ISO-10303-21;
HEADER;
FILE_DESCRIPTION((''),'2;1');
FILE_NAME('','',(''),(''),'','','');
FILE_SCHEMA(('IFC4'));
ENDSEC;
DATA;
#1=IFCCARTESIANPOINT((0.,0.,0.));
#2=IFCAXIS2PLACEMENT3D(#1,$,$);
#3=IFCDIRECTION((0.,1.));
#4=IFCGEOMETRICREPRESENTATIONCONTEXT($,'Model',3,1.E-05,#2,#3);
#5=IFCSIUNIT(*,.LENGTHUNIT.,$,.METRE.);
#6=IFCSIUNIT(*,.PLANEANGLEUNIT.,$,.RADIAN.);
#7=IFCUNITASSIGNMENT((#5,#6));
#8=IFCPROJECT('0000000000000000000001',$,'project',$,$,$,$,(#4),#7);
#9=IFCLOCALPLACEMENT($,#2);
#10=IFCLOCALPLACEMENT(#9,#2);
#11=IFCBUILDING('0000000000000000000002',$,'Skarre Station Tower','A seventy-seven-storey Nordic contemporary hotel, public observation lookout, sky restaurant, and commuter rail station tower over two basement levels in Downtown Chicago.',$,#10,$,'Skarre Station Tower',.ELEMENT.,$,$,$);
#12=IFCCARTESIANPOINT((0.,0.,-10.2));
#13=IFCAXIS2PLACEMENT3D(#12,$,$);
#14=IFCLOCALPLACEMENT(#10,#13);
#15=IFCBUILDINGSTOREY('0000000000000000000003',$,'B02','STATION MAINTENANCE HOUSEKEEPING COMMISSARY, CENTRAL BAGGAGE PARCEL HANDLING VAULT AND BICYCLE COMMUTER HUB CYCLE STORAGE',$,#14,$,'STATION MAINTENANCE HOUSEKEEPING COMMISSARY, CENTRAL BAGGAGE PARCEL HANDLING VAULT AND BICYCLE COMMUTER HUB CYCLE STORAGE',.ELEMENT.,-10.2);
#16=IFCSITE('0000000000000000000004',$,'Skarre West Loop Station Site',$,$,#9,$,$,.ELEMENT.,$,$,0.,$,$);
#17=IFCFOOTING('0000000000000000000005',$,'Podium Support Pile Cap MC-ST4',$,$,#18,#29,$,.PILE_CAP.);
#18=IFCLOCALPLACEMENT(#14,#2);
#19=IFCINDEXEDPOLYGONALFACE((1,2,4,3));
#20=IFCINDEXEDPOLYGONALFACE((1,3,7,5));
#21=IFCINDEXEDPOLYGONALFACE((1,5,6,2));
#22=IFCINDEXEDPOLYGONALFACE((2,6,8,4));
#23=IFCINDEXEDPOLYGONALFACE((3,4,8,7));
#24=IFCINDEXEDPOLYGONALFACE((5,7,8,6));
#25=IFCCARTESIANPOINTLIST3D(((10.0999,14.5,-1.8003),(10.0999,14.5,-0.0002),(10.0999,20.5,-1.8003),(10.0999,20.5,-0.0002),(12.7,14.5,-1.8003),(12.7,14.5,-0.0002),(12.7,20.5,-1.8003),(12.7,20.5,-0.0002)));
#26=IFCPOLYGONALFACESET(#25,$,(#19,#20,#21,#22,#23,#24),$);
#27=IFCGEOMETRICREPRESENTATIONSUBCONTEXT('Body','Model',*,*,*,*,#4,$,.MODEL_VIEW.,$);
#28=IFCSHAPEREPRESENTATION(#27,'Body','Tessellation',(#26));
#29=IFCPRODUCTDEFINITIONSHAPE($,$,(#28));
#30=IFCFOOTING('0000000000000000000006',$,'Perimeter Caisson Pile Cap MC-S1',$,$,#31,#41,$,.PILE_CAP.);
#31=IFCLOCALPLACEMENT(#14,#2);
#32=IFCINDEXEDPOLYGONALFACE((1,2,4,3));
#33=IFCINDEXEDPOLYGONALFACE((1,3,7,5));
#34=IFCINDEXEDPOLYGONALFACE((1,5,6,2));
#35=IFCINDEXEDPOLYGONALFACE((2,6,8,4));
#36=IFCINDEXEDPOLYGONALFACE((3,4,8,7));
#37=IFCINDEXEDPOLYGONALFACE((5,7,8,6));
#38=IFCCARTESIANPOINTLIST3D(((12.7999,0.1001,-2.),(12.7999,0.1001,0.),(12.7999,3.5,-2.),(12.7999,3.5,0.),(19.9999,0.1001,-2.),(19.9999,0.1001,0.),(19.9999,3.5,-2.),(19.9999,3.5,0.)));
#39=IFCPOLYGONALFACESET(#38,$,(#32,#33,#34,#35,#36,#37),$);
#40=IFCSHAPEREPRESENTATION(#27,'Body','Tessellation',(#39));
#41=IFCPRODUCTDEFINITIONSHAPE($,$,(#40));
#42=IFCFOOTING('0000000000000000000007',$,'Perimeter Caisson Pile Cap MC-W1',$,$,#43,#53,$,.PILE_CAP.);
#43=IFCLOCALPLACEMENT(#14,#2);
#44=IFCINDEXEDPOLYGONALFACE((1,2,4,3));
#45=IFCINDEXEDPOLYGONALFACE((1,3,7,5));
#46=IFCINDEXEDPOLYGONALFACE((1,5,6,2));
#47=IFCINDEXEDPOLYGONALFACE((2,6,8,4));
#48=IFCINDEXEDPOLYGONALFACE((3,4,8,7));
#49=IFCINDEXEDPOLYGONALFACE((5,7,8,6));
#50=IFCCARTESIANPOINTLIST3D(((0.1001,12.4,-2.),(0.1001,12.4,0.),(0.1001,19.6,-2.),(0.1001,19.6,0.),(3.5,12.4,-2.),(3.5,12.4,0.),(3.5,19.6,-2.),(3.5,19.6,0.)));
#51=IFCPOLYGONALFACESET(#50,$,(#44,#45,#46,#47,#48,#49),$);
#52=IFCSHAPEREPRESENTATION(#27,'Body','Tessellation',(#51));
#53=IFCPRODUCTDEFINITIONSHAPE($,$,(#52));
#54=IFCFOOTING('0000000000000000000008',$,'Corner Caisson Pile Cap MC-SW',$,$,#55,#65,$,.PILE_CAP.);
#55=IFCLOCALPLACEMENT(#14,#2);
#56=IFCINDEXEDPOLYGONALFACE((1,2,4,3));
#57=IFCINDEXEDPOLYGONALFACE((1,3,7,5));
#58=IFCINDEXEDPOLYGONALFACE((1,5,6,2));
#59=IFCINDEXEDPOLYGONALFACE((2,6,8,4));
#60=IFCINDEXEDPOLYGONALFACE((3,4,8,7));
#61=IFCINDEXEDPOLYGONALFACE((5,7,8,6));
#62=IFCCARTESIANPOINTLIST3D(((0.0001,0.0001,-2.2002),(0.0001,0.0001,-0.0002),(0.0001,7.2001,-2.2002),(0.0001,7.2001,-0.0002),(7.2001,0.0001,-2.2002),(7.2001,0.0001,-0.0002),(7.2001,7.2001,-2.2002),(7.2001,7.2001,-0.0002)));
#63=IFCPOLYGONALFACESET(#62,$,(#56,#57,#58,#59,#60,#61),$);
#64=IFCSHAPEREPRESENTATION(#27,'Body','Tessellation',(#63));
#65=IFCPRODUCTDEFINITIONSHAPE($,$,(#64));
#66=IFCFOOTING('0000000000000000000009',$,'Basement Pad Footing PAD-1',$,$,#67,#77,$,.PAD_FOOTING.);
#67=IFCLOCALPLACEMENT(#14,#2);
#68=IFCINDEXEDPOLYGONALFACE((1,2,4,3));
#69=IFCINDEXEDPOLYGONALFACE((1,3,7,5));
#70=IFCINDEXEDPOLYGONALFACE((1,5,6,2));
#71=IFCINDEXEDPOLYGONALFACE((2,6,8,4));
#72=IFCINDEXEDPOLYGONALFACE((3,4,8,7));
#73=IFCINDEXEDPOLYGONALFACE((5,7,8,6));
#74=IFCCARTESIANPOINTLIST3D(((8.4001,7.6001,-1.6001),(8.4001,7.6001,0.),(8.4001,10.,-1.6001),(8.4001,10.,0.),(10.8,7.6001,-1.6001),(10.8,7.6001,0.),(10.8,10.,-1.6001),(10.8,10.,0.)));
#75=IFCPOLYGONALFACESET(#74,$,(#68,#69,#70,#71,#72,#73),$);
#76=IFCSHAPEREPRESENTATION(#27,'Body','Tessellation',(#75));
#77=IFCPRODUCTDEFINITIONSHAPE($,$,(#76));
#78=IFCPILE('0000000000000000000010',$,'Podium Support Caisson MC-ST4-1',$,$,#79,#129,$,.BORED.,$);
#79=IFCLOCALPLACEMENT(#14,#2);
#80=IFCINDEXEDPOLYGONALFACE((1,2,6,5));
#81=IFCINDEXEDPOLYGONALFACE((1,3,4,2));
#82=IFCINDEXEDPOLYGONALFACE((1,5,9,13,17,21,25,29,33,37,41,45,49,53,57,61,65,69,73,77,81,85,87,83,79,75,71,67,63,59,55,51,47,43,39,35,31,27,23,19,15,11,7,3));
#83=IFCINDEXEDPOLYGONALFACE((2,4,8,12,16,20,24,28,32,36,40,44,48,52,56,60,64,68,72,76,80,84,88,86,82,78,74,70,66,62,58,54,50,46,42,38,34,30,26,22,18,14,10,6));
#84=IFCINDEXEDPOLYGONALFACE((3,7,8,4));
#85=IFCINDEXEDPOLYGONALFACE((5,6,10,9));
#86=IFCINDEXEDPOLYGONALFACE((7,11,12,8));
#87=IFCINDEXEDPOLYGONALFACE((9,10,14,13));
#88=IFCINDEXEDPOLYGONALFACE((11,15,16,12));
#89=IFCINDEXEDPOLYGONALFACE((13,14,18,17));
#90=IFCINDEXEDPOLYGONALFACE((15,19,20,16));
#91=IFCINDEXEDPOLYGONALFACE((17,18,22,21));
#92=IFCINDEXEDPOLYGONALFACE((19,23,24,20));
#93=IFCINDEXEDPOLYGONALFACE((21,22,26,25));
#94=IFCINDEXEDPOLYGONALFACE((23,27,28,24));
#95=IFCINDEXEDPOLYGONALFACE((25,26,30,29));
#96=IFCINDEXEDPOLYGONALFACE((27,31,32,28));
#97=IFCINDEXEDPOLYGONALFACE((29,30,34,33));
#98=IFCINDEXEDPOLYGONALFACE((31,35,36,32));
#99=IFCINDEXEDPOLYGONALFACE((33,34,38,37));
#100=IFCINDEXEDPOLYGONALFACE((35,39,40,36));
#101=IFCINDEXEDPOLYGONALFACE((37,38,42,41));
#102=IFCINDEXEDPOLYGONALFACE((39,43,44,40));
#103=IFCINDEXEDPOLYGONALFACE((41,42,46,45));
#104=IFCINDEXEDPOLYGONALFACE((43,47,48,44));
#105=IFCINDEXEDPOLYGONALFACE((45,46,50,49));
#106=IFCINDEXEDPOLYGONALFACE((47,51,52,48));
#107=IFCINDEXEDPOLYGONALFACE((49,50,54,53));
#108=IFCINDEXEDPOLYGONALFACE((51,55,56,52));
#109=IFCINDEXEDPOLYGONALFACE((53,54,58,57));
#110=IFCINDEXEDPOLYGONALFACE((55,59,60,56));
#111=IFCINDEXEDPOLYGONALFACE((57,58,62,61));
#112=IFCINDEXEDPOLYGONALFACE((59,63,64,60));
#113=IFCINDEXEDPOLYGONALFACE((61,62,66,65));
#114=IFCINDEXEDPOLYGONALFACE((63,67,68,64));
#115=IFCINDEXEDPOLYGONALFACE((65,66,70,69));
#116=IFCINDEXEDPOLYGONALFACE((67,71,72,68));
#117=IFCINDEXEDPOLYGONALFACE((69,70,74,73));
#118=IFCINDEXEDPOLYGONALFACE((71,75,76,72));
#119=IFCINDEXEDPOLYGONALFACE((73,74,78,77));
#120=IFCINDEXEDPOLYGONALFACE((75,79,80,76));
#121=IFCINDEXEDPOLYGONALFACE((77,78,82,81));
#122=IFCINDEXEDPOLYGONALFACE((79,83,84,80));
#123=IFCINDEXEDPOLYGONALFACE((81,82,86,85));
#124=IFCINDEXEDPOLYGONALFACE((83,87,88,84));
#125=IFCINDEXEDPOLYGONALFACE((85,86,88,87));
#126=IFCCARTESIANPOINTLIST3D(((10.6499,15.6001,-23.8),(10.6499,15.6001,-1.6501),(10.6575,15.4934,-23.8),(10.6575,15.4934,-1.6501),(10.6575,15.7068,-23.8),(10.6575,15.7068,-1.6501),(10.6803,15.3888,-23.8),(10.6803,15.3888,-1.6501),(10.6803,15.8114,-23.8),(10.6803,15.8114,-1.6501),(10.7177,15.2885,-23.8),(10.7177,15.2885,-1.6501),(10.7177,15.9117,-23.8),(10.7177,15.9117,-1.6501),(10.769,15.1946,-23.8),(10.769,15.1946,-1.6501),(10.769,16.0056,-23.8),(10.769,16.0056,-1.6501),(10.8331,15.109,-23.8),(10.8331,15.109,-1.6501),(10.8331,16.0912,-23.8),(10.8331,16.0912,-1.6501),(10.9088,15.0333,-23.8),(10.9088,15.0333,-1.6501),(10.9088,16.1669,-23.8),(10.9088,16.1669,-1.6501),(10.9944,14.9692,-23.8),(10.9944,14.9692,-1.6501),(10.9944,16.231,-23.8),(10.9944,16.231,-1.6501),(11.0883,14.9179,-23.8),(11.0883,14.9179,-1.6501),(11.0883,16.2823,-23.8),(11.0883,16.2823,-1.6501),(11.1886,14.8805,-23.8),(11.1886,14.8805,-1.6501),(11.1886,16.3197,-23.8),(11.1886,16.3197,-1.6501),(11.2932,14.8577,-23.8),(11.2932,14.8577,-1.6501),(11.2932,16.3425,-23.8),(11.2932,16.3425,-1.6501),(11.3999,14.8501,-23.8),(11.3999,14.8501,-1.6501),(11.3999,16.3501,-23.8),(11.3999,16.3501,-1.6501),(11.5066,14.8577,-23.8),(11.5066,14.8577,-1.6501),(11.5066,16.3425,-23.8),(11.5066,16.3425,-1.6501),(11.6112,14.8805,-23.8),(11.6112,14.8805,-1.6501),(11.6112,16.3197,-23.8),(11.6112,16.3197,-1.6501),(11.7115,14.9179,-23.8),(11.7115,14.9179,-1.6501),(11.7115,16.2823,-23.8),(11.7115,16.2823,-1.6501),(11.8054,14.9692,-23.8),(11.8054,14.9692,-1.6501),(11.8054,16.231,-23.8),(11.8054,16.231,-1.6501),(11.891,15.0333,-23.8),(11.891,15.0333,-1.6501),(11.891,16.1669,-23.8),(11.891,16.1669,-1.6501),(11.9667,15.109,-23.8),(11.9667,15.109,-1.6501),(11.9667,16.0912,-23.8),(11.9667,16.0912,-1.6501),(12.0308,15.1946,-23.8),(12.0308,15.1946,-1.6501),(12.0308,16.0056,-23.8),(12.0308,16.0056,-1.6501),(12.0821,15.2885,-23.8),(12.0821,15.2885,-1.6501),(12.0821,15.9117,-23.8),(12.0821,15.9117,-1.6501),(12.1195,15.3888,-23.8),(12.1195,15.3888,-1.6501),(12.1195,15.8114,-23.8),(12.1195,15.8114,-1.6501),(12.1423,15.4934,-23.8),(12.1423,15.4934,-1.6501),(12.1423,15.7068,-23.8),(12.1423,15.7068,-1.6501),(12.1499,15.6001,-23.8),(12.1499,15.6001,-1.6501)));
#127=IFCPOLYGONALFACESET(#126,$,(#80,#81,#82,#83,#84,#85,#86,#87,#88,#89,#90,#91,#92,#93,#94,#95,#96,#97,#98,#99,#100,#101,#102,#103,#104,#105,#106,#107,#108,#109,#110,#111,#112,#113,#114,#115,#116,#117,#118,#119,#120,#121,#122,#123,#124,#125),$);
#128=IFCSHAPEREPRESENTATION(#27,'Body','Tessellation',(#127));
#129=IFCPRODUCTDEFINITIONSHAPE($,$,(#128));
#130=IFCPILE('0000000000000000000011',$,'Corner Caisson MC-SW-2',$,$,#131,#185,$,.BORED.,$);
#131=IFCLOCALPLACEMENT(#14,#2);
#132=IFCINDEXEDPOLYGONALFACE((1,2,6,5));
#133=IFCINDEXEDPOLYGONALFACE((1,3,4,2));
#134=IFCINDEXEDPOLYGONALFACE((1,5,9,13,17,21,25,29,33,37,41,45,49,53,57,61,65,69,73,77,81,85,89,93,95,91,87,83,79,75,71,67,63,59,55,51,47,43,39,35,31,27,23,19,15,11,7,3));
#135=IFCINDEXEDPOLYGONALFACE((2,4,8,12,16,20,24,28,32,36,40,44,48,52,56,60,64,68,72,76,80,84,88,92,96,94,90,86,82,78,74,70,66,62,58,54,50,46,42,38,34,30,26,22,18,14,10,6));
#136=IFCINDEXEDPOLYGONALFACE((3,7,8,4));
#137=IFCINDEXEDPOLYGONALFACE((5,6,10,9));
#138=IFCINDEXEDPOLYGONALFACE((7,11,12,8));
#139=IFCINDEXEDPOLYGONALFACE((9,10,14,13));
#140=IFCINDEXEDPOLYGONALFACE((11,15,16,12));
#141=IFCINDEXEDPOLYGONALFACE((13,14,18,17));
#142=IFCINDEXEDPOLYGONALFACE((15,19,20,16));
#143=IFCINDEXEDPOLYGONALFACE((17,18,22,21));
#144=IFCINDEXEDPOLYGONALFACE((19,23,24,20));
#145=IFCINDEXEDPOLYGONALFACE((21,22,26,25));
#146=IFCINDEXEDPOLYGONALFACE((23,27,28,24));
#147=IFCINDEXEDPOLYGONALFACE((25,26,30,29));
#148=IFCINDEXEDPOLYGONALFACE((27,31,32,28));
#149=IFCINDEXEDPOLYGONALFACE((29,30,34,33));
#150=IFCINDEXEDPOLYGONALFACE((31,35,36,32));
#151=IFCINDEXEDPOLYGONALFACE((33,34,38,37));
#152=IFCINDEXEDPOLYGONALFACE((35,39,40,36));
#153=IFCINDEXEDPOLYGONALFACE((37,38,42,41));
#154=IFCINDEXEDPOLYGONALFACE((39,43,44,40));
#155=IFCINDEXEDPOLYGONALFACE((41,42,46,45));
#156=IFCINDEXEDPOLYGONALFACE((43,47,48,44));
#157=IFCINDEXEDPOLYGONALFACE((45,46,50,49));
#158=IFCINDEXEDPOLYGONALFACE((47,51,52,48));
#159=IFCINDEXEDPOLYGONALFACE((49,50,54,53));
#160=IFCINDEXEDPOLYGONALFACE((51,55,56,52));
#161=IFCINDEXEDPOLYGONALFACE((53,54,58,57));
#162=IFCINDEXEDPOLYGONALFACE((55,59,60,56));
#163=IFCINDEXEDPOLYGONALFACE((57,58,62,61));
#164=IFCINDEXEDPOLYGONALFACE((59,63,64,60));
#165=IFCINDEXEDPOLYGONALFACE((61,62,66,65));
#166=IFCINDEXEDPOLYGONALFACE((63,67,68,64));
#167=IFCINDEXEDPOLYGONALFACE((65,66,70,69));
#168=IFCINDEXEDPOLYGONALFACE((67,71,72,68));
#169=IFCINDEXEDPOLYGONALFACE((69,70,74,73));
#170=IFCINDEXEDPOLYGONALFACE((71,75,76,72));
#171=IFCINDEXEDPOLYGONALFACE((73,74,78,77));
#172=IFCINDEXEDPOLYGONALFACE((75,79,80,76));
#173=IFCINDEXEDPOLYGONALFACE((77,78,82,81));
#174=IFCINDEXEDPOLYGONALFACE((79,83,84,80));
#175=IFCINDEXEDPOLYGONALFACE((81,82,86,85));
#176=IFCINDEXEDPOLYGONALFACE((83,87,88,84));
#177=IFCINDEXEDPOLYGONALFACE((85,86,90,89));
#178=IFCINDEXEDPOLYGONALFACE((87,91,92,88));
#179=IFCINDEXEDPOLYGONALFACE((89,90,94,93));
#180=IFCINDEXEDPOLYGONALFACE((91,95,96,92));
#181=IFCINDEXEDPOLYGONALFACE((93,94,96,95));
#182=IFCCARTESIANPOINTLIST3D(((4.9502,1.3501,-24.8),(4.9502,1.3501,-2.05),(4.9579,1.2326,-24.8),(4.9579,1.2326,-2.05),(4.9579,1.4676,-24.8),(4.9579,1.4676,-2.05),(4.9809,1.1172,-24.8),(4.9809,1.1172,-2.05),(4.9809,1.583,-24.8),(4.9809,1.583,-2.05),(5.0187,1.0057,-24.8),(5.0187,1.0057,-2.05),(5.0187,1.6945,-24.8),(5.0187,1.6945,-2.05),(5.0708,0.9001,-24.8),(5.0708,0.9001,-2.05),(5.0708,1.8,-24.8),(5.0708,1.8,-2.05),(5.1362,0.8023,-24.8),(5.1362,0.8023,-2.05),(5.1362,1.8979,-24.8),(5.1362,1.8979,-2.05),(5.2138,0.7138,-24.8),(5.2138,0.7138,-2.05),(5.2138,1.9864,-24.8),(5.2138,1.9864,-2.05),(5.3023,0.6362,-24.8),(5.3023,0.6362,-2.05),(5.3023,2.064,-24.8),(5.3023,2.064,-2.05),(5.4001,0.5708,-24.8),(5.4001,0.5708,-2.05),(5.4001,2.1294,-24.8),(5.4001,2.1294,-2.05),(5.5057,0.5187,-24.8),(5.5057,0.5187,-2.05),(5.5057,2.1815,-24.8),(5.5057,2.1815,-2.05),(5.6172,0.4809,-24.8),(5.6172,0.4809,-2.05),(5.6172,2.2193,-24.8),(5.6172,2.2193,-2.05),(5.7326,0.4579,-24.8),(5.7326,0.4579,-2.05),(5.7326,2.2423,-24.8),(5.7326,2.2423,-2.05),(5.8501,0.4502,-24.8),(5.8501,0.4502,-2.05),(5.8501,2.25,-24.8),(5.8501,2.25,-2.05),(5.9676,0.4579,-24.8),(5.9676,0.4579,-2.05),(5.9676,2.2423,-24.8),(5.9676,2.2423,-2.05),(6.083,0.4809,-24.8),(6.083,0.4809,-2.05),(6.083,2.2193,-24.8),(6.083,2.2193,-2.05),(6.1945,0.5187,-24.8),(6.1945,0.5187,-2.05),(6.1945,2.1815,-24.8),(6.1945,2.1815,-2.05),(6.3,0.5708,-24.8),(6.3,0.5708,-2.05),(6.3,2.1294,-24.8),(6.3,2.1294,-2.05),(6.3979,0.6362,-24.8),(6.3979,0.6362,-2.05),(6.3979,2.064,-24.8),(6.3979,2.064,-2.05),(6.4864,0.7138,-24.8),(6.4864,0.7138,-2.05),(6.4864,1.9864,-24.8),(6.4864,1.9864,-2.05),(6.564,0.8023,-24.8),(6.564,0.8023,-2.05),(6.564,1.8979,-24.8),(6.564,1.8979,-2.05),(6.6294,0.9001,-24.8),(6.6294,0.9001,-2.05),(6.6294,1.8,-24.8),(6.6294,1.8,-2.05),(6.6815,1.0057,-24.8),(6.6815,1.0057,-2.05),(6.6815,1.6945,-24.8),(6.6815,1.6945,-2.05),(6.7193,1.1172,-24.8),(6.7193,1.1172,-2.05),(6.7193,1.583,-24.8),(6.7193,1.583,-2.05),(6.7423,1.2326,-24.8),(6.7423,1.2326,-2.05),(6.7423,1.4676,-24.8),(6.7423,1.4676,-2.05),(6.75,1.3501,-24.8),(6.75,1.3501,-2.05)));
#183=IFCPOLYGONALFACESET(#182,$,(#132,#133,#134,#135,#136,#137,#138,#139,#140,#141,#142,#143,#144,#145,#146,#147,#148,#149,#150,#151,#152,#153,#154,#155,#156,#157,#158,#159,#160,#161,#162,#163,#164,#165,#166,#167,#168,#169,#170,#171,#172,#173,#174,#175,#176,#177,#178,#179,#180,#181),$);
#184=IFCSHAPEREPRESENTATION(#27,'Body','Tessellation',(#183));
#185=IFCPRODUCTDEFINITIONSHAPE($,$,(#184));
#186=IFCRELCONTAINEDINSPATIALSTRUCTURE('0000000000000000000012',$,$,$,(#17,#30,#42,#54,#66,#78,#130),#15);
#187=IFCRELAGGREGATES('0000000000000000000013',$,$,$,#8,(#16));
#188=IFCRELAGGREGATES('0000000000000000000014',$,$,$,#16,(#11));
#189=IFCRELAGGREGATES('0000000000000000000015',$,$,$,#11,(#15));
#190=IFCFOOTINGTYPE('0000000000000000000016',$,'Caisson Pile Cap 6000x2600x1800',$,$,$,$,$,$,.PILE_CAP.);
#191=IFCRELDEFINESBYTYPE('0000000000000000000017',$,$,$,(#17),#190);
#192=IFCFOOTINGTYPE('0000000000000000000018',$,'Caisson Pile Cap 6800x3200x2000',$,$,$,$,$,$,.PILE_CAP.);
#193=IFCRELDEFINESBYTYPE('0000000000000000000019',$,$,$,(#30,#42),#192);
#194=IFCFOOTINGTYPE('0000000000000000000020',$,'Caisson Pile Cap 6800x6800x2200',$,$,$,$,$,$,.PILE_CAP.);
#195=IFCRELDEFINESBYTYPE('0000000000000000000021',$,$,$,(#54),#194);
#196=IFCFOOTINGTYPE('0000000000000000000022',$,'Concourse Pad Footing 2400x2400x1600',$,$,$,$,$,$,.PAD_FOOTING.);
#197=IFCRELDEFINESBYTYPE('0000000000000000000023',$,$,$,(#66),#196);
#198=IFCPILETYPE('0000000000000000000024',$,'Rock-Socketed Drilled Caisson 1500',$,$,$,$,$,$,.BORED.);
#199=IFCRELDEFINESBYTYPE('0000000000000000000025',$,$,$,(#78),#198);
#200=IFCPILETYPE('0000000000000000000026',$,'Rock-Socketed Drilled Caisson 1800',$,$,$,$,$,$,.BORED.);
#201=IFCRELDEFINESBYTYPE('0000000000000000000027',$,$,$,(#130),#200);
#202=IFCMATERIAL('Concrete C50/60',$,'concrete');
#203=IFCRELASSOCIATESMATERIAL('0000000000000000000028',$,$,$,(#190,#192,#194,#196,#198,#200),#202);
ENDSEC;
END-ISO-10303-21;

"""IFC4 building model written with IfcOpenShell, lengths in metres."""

from ifc_helpers import new_model, si_unit, direction, frame, origin, origin_2d, place, context, subcontext, project, spatial, rectangle, circle, extrude, material, material_profile, profile_set, type_object, element, save


model = new_model("IFC4")

# Units and contexts
model_context = context("Model", 3, precision=1e-05, world=origin(), true_north=direction((0.0, 1.0)))
body_context = subcontext(model_context, "Body", "Model", "MODEL_VIEW")
ifc_project = project(units=[si_unit("LENGTHUNIT", "METRE"), si_unit("PLANEANGLEUNIT", "RADIAN")], contexts=[model_context])

# Site, building, storey
site_placement = place(None, origin())
site = spatial("IfcSite", under=ifc_project, at=site_placement, Name="Skarre West Loop Station Site", CompositionType="ELEMENT", RefElevation=0.0)
building_placement = place(site_placement, origin())
building = spatial("IfcBuilding", under=site, at=building_placement, Name="Skarre Station Tower", Description="A seventy-seven-storey Nordic contemporary hotel, public observation lookout, sky restaurant, and commuter rail station tower over two basement levels in Downtown Chicago.", LongName="Skarre Station Tower", CompositionType="ELEMENT")
storey_placement = place(building_placement, frame((0.0, 0.0, -10.2)))
storey = spatial("IfcBuildingStorey", under=building, at=storey_placement, Name="B02", Description="STATION MAINTENANCE HOUSEKEEPING COMMISSARY, CENTRAL BAGGAGE PARCEL HANDLING VAULT AND BICYCLE COMMUTER HUB CYCLE STORAGE", LongName="STATION MAINTENANCE HOUSEKEEPING COMMISSARY, CENTRAL BAGGAGE PARCEL HANDLING VAULT AND BICYCLE COMMUTER HUB CYCLE STORAGE", CompositionType="ELEMENT", Elevation=-10.2)

# Footings
ifc_material_1 = material(Name="Concrete C50/60", Category="concrete")
footing_type_1 = type_object("IfcFootingType", Name="Caisson Pile Cap 6000x2600x1800", PredefinedType="PILE_CAP", material=ifc_material_1)
footing_1_placement = place(storey_placement, frame((11.3999, 17.5, -1.8003), z_axis=(0.0, 0.0, 1.0), x_axis=(0.0, 1.0, 0.0)))
element("IfcFooting", 1, at=footing_1_placement, inside=storey, type_object=footing_type_1, Name="Podium Support Pile Cap MC-ST4", PredefinedType="PILE_CAP", context=body_context, shape_type="SweptSolid", body=[
    extrude(rectangle(XDim=6.0, YDim=2.6001, at=origin_2d()), origin(), (0.0, 0.0, 1.0), 1.8),
])
footing_type_2 = type_object("IfcFootingType", Name="Caisson Pile Cap 6800x3200x2000", PredefinedType="PILE_CAP", material=ifc_material_1)
for number, where, z_axis, x_axis, name in (
    (2, (16.3999, 1.8, -2.0), (0.0, 0.0, 1.0), (1.0, 0.0, 0.0), "Perimeter Caisson Pile Cap MC-S1"),
    (3, (1.8, 16.0, -2.0), (0.0, 0.0, 1.0), (0.0, 1.0, 0.0), "Perimeter Caisson Pile Cap MC-W1"),
):
    element("IfcFooting", number, at=place(storey_placement, frame(where, z_axis=z_axis, x_axis=x_axis)), inside=storey, type_object=footing_type_2, Name=name, PredefinedType="PILE_CAP", context=body_context, shape_type="SweptSolid", body=[
        extrude(rectangle(XDim=7.2, YDim=3.3999, at=origin_2d()), origin(), (0.0, 0.0, 1.0), 2.0),
    ])
footing_type_3 = type_object("IfcFootingType", Name="Caisson Pile Cap 6800x6800x2200", PredefinedType="PILE_CAP", material=ifc_material_1)
footing_2_placement = place(storey_placement, frame((3.6001, 3.6001, -2.2002), z_axis=(0.0, 0.0, 1.0), x_axis=(1.0, 0.0, 0.0)))
element("IfcFooting", 4, at=footing_2_placement, inside=storey, type_object=footing_type_3, Name="Corner Caisson Pile Cap MC-SW", PredefinedType="PILE_CAP", context=body_context, shape_type="SweptSolid", body=[
    extrude(rectangle(XDim=7.2, YDim=7.2, at=origin_2d()), origin(), (0.0, 0.0, 1.0), 2.2),
])
footing_type_4 = type_object("IfcFootingType", Name="Concourse Pad Footing 2400x2400x1600", PredefinedType="PAD_FOOTING", material=ifc_material_1)
footing_3_placement = place(storey_placement, frame((9.6001, 8.8, -1.6001), z_axis=(0.0, 0.0, 1.0), x_axis=(1.0, 0.0, 0.0)))
element("IfcFooting", 5, at=footing_3_placement, inside=storey, type_object=footing_type_4, Name="Basement Pad Footing PAD-1", PredefinedType="PAD_FOOTING", context=body_context, shape_type="SweptSolid", body=[
    extrude(rectangle(XDim=2.3999, YDim=2.3999, at=origin_2d()), origin(), (0.0, 0.0, 1.0), 1.6001),
])

# Piles
ifc_material_profile_1 = material_profile(ifc_material_1, circle(Radius=0.75, at=origin_2d()), Name="Concrete C50/60")
ifc_profile_set_1 = profile_set([ifc_material_profile_1], Name="Concrete C50/60")
pile_type_1 = type_object("IfcPileType", Name="Rock-Socketed Drilled Caisson 1500", PredefinedType="BORED", material=ifc_profile_set_1)
pile_1_placement = place(storey_placement, frame((11.3999, 15.6001, -1.6501), z_axis=(0.0, 0.0, -1.0), x_axis=(1.0, 0.0, 0.0)))
element("IfcPile", 6, at=pile_1_placement, inside=storey, type_object=pile_type_1, Name="Podium Support Caisson MC-ST4-1", PredefinedType="BORED", context=body_context, shape_type="SweptSolid", body=[
    extrude(circle(Radius=0.75, at=origin_2d()), origin(), (0.0, 0.0, 1.0), 22.1499),
])
ifc_material_profile_2 = material_profile(ifc_material_1, circle(Radius=0.8999, at=origin_2d()), Name="Concrete C50/60")
ifc_profile_set_2 = profile_set([ifc_material_profile_2], Name="Concrete C50/60")
pile_type_2 = type_object("IfcPileType", Name="Rock-Socketed Drilled Caisson 1800", PredefinedType="BORED", material=ifc_profile_set_2)
for number, where, z_axis, x_axis, name in (
    (7, (5.8501, 1.3501, -2.05), (0.0, 0.0, -1.0), (1.0, 0.0, 0.0), "Corner Caisson MC-SW-2"),
):
    element("IfcPile", number, at=place(storey_placement, frame(where, z_axis=z_axis, x_axis=x_axis)), inside=storey, type_object=pile_type_2, Name=name, PredefinedType="BORED", context=body_context, shape_type="SweptSolid", body=[
        extrude(circle(Radius=0.8999, at=origin_2d()), origin(), (0.0, 0.0, 1.0), 22.75),
    ])

save(model, "model.ifc")
